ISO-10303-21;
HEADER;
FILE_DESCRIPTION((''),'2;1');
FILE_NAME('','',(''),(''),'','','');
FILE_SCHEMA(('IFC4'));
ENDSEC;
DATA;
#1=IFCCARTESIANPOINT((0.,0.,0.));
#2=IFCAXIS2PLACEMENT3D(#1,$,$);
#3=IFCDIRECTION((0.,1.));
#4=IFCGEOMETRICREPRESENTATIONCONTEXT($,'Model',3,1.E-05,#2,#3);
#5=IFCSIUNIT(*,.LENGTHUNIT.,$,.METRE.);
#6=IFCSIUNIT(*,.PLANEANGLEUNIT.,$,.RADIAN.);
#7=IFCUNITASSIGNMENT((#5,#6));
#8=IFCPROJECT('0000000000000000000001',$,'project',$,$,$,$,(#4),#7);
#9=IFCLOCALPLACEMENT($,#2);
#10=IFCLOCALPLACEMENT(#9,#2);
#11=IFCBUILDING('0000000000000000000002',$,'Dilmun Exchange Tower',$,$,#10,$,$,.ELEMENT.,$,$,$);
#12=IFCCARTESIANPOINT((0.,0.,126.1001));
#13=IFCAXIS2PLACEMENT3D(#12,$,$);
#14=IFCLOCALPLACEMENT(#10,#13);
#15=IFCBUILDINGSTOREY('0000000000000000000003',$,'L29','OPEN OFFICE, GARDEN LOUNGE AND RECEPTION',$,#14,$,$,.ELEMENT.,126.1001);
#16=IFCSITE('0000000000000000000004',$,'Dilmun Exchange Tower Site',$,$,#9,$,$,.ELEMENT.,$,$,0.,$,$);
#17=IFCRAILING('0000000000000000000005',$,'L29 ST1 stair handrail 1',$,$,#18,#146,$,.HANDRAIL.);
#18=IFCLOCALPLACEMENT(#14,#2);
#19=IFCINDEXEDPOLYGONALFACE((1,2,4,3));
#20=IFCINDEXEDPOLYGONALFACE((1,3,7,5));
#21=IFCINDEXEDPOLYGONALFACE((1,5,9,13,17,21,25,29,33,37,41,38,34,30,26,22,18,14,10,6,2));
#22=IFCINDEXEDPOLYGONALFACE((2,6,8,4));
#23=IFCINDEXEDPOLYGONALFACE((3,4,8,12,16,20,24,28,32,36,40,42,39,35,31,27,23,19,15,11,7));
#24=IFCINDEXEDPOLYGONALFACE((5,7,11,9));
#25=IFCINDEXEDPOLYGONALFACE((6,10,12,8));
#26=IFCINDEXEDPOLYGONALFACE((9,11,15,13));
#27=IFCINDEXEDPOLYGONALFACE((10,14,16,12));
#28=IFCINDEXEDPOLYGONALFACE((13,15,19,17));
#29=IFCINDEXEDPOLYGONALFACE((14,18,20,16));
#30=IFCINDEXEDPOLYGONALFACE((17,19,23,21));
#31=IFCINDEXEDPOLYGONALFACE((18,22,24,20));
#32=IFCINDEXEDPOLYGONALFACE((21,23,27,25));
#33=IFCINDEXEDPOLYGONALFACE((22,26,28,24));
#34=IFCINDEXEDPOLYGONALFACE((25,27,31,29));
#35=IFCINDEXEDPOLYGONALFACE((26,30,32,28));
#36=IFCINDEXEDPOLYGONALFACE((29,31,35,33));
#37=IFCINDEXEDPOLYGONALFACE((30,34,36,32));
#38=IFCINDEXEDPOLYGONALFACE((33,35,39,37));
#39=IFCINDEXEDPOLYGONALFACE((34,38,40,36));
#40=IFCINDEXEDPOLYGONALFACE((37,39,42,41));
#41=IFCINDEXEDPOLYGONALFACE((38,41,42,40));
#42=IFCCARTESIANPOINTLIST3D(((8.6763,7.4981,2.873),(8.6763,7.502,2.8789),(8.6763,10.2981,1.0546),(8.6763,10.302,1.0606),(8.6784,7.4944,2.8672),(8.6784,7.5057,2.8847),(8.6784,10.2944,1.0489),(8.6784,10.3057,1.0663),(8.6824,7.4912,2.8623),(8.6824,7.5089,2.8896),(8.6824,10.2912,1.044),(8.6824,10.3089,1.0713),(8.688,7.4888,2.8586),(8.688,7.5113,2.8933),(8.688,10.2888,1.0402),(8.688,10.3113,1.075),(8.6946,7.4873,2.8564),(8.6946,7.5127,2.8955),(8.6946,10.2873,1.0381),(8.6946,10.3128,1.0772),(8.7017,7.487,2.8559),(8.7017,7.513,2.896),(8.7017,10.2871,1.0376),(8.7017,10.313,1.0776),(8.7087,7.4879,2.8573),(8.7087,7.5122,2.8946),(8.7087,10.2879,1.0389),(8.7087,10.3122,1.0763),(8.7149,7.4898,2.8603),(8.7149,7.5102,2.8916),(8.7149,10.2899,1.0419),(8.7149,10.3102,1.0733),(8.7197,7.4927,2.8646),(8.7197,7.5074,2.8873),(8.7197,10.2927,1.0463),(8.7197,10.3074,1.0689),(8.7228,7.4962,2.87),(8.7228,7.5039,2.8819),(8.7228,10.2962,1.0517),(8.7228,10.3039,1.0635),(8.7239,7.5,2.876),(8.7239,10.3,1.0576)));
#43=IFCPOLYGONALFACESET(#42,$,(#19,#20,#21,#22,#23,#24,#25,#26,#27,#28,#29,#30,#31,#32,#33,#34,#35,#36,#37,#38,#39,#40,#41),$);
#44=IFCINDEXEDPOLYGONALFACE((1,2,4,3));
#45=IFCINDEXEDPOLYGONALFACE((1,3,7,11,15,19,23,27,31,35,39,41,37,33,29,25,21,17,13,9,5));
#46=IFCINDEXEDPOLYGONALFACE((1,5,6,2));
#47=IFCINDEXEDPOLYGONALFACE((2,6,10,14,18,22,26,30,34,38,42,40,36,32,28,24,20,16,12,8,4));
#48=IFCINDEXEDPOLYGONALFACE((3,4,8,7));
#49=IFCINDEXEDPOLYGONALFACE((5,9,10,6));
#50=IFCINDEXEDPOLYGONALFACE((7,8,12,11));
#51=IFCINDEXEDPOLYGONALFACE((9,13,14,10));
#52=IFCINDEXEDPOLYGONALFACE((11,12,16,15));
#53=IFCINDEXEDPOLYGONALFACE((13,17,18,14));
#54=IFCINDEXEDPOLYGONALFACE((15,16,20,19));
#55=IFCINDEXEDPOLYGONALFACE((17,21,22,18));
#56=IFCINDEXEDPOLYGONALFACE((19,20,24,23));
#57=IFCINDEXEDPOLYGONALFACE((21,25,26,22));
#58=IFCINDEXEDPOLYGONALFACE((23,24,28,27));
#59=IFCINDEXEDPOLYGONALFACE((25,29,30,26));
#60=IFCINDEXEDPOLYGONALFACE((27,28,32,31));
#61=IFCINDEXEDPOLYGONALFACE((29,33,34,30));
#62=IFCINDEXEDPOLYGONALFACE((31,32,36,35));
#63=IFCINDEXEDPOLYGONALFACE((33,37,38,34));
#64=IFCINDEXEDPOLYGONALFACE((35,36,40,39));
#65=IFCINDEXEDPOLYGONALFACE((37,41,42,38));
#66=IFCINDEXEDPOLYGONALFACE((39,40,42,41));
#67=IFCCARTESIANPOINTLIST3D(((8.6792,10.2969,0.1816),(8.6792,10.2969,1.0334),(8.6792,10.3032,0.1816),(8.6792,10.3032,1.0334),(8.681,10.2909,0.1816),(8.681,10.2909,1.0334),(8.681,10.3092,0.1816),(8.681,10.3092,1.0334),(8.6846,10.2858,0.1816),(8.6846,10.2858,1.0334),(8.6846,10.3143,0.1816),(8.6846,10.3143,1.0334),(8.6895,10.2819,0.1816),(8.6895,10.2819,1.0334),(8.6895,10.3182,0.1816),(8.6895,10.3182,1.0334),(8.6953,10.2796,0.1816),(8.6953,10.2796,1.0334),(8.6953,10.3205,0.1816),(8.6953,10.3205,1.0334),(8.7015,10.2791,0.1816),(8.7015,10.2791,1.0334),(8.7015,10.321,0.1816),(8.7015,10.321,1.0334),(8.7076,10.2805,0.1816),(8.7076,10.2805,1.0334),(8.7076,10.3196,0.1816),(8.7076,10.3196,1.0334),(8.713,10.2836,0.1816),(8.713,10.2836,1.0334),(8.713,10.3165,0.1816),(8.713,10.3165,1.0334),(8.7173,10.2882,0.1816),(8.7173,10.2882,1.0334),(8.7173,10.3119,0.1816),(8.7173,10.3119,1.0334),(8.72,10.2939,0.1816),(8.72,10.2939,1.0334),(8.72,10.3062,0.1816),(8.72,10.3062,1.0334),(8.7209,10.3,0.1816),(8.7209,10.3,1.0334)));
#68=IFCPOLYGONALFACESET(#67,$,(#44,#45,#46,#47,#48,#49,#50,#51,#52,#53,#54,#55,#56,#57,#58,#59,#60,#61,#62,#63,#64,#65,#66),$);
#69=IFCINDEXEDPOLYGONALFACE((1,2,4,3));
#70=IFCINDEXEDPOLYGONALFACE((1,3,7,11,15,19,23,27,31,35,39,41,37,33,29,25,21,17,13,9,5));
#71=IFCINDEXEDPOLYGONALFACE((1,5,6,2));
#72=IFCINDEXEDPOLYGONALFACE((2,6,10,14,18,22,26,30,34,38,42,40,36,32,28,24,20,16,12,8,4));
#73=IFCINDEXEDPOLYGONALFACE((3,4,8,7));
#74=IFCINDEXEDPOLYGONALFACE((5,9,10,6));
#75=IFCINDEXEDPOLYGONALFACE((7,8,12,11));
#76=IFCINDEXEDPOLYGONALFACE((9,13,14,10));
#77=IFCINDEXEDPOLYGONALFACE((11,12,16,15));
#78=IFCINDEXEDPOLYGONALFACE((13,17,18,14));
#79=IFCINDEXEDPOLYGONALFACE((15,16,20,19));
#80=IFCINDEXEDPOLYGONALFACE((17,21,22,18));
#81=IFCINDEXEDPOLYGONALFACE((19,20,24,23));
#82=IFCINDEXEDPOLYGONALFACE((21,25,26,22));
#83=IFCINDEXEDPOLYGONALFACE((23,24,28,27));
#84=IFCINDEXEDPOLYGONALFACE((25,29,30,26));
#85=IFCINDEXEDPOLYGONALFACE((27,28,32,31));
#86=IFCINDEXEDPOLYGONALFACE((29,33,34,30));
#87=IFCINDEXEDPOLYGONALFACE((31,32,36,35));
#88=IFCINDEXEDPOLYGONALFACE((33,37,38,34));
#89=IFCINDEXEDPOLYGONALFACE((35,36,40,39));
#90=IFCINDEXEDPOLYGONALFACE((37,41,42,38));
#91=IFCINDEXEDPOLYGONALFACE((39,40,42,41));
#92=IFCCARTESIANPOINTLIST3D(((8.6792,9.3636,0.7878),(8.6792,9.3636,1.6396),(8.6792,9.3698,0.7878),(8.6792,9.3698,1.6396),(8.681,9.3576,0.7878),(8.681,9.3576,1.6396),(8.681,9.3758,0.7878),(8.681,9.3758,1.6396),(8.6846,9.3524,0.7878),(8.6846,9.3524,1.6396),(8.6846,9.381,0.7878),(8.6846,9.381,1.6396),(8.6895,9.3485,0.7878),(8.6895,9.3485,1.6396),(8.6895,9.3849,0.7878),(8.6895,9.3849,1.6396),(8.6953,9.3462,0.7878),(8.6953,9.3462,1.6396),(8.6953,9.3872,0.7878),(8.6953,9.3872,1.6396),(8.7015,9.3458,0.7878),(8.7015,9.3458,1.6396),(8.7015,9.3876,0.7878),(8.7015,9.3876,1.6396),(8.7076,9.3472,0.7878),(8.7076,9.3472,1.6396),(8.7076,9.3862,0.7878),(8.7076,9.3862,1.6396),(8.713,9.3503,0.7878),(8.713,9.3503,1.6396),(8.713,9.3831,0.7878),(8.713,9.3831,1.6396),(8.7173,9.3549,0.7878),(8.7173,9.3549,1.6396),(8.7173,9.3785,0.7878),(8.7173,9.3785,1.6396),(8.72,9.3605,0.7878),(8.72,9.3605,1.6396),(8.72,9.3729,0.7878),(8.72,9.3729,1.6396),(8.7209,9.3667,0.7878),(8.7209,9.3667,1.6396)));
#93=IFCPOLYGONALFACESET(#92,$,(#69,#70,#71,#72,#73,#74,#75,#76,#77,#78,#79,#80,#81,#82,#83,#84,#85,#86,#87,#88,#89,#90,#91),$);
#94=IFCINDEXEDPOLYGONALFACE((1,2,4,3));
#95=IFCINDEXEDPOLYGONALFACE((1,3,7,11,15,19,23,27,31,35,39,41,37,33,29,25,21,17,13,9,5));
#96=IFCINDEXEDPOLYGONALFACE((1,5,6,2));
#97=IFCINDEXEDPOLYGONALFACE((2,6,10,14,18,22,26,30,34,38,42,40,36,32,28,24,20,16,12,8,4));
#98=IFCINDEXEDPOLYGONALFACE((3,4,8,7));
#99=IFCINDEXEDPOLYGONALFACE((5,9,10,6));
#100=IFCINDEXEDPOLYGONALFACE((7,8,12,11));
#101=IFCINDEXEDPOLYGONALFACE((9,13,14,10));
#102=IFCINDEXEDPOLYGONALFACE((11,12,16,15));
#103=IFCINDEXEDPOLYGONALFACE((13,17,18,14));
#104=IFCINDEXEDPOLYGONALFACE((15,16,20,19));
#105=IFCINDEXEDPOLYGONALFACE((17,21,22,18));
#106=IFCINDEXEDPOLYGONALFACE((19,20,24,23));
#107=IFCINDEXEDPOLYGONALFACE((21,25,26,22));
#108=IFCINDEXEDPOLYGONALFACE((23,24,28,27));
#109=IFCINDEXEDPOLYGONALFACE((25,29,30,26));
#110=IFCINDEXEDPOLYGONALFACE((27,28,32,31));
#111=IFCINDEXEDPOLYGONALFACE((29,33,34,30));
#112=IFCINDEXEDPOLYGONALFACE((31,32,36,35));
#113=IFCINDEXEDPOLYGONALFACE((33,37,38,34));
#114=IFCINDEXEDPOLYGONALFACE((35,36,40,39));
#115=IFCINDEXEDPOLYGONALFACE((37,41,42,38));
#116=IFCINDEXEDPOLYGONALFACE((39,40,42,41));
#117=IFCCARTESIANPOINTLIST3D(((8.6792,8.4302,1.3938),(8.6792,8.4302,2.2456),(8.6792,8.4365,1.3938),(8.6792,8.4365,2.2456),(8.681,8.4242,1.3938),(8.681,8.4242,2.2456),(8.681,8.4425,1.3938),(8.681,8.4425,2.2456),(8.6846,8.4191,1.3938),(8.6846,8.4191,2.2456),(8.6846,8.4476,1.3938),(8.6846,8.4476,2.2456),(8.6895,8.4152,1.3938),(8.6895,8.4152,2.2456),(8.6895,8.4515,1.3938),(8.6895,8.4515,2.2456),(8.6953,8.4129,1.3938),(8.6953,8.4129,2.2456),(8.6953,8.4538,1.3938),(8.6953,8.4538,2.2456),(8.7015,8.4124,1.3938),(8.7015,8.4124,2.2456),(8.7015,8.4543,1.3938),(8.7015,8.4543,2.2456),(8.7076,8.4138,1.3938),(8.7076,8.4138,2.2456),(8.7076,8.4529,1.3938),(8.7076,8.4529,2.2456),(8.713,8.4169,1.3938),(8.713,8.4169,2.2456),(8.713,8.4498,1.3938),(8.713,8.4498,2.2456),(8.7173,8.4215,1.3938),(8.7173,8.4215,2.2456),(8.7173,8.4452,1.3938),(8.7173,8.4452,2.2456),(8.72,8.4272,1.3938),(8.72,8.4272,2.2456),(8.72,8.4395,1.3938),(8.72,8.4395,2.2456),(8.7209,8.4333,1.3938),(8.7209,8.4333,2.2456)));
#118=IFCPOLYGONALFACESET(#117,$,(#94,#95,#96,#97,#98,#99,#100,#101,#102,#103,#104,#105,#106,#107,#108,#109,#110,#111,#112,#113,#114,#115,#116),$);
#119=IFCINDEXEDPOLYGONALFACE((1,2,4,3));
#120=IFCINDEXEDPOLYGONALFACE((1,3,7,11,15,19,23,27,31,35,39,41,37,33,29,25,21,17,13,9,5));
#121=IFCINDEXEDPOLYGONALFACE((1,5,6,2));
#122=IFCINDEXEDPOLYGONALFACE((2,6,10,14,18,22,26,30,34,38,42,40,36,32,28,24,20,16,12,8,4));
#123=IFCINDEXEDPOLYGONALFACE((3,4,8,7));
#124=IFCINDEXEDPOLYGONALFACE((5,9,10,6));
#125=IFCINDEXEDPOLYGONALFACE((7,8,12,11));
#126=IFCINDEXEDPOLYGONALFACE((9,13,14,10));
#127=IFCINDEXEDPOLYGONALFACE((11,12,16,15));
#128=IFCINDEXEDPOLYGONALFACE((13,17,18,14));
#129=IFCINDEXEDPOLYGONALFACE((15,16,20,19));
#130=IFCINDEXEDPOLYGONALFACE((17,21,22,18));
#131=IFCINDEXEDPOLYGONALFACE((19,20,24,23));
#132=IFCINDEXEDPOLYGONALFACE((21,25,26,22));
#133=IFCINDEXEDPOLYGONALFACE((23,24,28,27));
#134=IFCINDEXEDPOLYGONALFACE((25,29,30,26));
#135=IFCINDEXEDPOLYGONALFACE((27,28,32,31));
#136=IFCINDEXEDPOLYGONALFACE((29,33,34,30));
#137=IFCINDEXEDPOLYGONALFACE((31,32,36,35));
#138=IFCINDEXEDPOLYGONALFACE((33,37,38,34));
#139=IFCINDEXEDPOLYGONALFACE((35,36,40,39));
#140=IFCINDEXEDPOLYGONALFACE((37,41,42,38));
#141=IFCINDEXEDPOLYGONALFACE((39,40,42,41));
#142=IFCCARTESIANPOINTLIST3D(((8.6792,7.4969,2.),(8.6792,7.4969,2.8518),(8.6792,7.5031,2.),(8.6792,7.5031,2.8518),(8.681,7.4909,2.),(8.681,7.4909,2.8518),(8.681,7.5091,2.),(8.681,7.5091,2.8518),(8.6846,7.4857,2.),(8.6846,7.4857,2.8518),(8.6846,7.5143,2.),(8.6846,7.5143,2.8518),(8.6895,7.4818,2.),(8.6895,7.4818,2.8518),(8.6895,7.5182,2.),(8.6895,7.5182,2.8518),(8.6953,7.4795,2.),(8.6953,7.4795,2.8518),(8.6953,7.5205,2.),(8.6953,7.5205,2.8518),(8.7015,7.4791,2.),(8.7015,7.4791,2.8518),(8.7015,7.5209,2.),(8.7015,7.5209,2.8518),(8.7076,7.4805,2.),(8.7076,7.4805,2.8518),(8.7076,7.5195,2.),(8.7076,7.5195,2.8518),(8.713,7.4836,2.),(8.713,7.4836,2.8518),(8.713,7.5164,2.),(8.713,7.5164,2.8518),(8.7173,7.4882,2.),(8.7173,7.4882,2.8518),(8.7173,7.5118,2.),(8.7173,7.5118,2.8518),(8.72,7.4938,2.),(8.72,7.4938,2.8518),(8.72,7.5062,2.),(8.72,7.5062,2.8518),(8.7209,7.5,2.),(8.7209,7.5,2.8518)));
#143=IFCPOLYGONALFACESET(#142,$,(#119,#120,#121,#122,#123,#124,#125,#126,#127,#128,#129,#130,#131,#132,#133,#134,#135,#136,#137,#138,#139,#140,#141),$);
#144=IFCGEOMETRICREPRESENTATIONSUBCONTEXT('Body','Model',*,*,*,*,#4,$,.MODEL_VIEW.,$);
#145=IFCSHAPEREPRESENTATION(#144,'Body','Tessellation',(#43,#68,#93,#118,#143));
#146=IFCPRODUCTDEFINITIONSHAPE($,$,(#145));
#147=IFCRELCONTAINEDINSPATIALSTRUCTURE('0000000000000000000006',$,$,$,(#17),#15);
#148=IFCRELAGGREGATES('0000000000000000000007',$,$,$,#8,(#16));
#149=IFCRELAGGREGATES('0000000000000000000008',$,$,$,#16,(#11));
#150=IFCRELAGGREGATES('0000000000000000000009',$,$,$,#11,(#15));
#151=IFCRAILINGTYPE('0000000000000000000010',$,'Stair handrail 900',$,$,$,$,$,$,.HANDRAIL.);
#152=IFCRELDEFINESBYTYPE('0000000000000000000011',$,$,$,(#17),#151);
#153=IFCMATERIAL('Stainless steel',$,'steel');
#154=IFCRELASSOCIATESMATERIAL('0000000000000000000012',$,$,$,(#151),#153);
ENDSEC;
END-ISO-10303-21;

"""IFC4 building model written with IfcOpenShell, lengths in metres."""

from ifc_helpers import new_model, si_unit, direction, frame, origin, origin_2d, place, context, subcontext, project, spatial, circle, extrude, material, type_object, element, save


model = new_model("IFC4")

# Units and contexts
model_context = context("Model", 3, precision=1e-05, world=origin(), true_north=direction((0.0, 1.0)))
body_context = subcontext(model_context, "Body", "Model", "MODEL_VIEW")
ifc_project = project(units=[si_unit("LENGTHUNIT", "METRE"), si_unit("PLANEANGLEUNIT", "RADIAN")], contexts=[model_context])

# Site, building, storey
site_placement = place(None, origin())
site = spatial("IfcSite", under=ifc_project, at=site_placement, Name="Dilmun Exchange Tower Site", CompositionType="ELEMENT", RefElevation=0.0)
building_placement = place(site_placement, origin())
building = spatial("IfcBuilding", under=site, at=building_placement, Name="Dilmun Exchange Tower", CompositionType="ELEMENT")
storey_placement = place(building_placement, frame((0.0, 0.0, 126.1001)))
storey = spatial("IfcBuildingStorey", under=building, at=storey_placement, Name="L29", Description="OPEN OFFICE, GARDEN LOUNGE AND RECEPTION", CompositionType="ELEMENT", Elevation=126.1001)

# Railing
ifc_material_1 = material(Name="Stainless steel", Category="steel")
railing_type = type_object("IfcRailingType", Name="Stair handrail 900", PredefinedType="HANDRAIL", material=ifc_material_1)
railing_placement = place(storey_placement, frame((8.7, 10.3, 0.1816)))
element("IfcRailing", 1, at=railing_placement, inside=storey, type_object=railing_type, Name="L29 ST1 stair handrail 1", PredefinedType="HANDRAIL", context=body_context, shape_type="SweptSolid", body=[
    extrude(circle(Radius=0.0239, at=origin_2d()), frame((0.0, 0.0, 0.876), z_axis=(0.0, -0.838672, 0.544636), x_axis=(1.0, 0.0, 0.0)), (0.0, 0.0, 1.0), 3.3386),
    extrude(circle(Radius=0.021, at=origin_2d()), origin(), (0.0, 0.0, 1.0), 0.8518),
    extrude(circle(Radius=0.021, at=origin_2d()), frame((0.0, -0.9333, 0.6062)), (0.0, 0.0, 1.0), 0.8518),
    extrude(circle(Radius=0.021, at=origin_2d()), frame((0.0, -1.8667, 1.2122)), (0.0, 0.0, 1.0), 0.8518),
    extrude(circle(Radius=0.021, at=origin_2d()), frame((0.0, -2.8, 1.8184)), (0.0, 0.0, 1.0), 0.8518),
])

save(model, "model.ifc")
